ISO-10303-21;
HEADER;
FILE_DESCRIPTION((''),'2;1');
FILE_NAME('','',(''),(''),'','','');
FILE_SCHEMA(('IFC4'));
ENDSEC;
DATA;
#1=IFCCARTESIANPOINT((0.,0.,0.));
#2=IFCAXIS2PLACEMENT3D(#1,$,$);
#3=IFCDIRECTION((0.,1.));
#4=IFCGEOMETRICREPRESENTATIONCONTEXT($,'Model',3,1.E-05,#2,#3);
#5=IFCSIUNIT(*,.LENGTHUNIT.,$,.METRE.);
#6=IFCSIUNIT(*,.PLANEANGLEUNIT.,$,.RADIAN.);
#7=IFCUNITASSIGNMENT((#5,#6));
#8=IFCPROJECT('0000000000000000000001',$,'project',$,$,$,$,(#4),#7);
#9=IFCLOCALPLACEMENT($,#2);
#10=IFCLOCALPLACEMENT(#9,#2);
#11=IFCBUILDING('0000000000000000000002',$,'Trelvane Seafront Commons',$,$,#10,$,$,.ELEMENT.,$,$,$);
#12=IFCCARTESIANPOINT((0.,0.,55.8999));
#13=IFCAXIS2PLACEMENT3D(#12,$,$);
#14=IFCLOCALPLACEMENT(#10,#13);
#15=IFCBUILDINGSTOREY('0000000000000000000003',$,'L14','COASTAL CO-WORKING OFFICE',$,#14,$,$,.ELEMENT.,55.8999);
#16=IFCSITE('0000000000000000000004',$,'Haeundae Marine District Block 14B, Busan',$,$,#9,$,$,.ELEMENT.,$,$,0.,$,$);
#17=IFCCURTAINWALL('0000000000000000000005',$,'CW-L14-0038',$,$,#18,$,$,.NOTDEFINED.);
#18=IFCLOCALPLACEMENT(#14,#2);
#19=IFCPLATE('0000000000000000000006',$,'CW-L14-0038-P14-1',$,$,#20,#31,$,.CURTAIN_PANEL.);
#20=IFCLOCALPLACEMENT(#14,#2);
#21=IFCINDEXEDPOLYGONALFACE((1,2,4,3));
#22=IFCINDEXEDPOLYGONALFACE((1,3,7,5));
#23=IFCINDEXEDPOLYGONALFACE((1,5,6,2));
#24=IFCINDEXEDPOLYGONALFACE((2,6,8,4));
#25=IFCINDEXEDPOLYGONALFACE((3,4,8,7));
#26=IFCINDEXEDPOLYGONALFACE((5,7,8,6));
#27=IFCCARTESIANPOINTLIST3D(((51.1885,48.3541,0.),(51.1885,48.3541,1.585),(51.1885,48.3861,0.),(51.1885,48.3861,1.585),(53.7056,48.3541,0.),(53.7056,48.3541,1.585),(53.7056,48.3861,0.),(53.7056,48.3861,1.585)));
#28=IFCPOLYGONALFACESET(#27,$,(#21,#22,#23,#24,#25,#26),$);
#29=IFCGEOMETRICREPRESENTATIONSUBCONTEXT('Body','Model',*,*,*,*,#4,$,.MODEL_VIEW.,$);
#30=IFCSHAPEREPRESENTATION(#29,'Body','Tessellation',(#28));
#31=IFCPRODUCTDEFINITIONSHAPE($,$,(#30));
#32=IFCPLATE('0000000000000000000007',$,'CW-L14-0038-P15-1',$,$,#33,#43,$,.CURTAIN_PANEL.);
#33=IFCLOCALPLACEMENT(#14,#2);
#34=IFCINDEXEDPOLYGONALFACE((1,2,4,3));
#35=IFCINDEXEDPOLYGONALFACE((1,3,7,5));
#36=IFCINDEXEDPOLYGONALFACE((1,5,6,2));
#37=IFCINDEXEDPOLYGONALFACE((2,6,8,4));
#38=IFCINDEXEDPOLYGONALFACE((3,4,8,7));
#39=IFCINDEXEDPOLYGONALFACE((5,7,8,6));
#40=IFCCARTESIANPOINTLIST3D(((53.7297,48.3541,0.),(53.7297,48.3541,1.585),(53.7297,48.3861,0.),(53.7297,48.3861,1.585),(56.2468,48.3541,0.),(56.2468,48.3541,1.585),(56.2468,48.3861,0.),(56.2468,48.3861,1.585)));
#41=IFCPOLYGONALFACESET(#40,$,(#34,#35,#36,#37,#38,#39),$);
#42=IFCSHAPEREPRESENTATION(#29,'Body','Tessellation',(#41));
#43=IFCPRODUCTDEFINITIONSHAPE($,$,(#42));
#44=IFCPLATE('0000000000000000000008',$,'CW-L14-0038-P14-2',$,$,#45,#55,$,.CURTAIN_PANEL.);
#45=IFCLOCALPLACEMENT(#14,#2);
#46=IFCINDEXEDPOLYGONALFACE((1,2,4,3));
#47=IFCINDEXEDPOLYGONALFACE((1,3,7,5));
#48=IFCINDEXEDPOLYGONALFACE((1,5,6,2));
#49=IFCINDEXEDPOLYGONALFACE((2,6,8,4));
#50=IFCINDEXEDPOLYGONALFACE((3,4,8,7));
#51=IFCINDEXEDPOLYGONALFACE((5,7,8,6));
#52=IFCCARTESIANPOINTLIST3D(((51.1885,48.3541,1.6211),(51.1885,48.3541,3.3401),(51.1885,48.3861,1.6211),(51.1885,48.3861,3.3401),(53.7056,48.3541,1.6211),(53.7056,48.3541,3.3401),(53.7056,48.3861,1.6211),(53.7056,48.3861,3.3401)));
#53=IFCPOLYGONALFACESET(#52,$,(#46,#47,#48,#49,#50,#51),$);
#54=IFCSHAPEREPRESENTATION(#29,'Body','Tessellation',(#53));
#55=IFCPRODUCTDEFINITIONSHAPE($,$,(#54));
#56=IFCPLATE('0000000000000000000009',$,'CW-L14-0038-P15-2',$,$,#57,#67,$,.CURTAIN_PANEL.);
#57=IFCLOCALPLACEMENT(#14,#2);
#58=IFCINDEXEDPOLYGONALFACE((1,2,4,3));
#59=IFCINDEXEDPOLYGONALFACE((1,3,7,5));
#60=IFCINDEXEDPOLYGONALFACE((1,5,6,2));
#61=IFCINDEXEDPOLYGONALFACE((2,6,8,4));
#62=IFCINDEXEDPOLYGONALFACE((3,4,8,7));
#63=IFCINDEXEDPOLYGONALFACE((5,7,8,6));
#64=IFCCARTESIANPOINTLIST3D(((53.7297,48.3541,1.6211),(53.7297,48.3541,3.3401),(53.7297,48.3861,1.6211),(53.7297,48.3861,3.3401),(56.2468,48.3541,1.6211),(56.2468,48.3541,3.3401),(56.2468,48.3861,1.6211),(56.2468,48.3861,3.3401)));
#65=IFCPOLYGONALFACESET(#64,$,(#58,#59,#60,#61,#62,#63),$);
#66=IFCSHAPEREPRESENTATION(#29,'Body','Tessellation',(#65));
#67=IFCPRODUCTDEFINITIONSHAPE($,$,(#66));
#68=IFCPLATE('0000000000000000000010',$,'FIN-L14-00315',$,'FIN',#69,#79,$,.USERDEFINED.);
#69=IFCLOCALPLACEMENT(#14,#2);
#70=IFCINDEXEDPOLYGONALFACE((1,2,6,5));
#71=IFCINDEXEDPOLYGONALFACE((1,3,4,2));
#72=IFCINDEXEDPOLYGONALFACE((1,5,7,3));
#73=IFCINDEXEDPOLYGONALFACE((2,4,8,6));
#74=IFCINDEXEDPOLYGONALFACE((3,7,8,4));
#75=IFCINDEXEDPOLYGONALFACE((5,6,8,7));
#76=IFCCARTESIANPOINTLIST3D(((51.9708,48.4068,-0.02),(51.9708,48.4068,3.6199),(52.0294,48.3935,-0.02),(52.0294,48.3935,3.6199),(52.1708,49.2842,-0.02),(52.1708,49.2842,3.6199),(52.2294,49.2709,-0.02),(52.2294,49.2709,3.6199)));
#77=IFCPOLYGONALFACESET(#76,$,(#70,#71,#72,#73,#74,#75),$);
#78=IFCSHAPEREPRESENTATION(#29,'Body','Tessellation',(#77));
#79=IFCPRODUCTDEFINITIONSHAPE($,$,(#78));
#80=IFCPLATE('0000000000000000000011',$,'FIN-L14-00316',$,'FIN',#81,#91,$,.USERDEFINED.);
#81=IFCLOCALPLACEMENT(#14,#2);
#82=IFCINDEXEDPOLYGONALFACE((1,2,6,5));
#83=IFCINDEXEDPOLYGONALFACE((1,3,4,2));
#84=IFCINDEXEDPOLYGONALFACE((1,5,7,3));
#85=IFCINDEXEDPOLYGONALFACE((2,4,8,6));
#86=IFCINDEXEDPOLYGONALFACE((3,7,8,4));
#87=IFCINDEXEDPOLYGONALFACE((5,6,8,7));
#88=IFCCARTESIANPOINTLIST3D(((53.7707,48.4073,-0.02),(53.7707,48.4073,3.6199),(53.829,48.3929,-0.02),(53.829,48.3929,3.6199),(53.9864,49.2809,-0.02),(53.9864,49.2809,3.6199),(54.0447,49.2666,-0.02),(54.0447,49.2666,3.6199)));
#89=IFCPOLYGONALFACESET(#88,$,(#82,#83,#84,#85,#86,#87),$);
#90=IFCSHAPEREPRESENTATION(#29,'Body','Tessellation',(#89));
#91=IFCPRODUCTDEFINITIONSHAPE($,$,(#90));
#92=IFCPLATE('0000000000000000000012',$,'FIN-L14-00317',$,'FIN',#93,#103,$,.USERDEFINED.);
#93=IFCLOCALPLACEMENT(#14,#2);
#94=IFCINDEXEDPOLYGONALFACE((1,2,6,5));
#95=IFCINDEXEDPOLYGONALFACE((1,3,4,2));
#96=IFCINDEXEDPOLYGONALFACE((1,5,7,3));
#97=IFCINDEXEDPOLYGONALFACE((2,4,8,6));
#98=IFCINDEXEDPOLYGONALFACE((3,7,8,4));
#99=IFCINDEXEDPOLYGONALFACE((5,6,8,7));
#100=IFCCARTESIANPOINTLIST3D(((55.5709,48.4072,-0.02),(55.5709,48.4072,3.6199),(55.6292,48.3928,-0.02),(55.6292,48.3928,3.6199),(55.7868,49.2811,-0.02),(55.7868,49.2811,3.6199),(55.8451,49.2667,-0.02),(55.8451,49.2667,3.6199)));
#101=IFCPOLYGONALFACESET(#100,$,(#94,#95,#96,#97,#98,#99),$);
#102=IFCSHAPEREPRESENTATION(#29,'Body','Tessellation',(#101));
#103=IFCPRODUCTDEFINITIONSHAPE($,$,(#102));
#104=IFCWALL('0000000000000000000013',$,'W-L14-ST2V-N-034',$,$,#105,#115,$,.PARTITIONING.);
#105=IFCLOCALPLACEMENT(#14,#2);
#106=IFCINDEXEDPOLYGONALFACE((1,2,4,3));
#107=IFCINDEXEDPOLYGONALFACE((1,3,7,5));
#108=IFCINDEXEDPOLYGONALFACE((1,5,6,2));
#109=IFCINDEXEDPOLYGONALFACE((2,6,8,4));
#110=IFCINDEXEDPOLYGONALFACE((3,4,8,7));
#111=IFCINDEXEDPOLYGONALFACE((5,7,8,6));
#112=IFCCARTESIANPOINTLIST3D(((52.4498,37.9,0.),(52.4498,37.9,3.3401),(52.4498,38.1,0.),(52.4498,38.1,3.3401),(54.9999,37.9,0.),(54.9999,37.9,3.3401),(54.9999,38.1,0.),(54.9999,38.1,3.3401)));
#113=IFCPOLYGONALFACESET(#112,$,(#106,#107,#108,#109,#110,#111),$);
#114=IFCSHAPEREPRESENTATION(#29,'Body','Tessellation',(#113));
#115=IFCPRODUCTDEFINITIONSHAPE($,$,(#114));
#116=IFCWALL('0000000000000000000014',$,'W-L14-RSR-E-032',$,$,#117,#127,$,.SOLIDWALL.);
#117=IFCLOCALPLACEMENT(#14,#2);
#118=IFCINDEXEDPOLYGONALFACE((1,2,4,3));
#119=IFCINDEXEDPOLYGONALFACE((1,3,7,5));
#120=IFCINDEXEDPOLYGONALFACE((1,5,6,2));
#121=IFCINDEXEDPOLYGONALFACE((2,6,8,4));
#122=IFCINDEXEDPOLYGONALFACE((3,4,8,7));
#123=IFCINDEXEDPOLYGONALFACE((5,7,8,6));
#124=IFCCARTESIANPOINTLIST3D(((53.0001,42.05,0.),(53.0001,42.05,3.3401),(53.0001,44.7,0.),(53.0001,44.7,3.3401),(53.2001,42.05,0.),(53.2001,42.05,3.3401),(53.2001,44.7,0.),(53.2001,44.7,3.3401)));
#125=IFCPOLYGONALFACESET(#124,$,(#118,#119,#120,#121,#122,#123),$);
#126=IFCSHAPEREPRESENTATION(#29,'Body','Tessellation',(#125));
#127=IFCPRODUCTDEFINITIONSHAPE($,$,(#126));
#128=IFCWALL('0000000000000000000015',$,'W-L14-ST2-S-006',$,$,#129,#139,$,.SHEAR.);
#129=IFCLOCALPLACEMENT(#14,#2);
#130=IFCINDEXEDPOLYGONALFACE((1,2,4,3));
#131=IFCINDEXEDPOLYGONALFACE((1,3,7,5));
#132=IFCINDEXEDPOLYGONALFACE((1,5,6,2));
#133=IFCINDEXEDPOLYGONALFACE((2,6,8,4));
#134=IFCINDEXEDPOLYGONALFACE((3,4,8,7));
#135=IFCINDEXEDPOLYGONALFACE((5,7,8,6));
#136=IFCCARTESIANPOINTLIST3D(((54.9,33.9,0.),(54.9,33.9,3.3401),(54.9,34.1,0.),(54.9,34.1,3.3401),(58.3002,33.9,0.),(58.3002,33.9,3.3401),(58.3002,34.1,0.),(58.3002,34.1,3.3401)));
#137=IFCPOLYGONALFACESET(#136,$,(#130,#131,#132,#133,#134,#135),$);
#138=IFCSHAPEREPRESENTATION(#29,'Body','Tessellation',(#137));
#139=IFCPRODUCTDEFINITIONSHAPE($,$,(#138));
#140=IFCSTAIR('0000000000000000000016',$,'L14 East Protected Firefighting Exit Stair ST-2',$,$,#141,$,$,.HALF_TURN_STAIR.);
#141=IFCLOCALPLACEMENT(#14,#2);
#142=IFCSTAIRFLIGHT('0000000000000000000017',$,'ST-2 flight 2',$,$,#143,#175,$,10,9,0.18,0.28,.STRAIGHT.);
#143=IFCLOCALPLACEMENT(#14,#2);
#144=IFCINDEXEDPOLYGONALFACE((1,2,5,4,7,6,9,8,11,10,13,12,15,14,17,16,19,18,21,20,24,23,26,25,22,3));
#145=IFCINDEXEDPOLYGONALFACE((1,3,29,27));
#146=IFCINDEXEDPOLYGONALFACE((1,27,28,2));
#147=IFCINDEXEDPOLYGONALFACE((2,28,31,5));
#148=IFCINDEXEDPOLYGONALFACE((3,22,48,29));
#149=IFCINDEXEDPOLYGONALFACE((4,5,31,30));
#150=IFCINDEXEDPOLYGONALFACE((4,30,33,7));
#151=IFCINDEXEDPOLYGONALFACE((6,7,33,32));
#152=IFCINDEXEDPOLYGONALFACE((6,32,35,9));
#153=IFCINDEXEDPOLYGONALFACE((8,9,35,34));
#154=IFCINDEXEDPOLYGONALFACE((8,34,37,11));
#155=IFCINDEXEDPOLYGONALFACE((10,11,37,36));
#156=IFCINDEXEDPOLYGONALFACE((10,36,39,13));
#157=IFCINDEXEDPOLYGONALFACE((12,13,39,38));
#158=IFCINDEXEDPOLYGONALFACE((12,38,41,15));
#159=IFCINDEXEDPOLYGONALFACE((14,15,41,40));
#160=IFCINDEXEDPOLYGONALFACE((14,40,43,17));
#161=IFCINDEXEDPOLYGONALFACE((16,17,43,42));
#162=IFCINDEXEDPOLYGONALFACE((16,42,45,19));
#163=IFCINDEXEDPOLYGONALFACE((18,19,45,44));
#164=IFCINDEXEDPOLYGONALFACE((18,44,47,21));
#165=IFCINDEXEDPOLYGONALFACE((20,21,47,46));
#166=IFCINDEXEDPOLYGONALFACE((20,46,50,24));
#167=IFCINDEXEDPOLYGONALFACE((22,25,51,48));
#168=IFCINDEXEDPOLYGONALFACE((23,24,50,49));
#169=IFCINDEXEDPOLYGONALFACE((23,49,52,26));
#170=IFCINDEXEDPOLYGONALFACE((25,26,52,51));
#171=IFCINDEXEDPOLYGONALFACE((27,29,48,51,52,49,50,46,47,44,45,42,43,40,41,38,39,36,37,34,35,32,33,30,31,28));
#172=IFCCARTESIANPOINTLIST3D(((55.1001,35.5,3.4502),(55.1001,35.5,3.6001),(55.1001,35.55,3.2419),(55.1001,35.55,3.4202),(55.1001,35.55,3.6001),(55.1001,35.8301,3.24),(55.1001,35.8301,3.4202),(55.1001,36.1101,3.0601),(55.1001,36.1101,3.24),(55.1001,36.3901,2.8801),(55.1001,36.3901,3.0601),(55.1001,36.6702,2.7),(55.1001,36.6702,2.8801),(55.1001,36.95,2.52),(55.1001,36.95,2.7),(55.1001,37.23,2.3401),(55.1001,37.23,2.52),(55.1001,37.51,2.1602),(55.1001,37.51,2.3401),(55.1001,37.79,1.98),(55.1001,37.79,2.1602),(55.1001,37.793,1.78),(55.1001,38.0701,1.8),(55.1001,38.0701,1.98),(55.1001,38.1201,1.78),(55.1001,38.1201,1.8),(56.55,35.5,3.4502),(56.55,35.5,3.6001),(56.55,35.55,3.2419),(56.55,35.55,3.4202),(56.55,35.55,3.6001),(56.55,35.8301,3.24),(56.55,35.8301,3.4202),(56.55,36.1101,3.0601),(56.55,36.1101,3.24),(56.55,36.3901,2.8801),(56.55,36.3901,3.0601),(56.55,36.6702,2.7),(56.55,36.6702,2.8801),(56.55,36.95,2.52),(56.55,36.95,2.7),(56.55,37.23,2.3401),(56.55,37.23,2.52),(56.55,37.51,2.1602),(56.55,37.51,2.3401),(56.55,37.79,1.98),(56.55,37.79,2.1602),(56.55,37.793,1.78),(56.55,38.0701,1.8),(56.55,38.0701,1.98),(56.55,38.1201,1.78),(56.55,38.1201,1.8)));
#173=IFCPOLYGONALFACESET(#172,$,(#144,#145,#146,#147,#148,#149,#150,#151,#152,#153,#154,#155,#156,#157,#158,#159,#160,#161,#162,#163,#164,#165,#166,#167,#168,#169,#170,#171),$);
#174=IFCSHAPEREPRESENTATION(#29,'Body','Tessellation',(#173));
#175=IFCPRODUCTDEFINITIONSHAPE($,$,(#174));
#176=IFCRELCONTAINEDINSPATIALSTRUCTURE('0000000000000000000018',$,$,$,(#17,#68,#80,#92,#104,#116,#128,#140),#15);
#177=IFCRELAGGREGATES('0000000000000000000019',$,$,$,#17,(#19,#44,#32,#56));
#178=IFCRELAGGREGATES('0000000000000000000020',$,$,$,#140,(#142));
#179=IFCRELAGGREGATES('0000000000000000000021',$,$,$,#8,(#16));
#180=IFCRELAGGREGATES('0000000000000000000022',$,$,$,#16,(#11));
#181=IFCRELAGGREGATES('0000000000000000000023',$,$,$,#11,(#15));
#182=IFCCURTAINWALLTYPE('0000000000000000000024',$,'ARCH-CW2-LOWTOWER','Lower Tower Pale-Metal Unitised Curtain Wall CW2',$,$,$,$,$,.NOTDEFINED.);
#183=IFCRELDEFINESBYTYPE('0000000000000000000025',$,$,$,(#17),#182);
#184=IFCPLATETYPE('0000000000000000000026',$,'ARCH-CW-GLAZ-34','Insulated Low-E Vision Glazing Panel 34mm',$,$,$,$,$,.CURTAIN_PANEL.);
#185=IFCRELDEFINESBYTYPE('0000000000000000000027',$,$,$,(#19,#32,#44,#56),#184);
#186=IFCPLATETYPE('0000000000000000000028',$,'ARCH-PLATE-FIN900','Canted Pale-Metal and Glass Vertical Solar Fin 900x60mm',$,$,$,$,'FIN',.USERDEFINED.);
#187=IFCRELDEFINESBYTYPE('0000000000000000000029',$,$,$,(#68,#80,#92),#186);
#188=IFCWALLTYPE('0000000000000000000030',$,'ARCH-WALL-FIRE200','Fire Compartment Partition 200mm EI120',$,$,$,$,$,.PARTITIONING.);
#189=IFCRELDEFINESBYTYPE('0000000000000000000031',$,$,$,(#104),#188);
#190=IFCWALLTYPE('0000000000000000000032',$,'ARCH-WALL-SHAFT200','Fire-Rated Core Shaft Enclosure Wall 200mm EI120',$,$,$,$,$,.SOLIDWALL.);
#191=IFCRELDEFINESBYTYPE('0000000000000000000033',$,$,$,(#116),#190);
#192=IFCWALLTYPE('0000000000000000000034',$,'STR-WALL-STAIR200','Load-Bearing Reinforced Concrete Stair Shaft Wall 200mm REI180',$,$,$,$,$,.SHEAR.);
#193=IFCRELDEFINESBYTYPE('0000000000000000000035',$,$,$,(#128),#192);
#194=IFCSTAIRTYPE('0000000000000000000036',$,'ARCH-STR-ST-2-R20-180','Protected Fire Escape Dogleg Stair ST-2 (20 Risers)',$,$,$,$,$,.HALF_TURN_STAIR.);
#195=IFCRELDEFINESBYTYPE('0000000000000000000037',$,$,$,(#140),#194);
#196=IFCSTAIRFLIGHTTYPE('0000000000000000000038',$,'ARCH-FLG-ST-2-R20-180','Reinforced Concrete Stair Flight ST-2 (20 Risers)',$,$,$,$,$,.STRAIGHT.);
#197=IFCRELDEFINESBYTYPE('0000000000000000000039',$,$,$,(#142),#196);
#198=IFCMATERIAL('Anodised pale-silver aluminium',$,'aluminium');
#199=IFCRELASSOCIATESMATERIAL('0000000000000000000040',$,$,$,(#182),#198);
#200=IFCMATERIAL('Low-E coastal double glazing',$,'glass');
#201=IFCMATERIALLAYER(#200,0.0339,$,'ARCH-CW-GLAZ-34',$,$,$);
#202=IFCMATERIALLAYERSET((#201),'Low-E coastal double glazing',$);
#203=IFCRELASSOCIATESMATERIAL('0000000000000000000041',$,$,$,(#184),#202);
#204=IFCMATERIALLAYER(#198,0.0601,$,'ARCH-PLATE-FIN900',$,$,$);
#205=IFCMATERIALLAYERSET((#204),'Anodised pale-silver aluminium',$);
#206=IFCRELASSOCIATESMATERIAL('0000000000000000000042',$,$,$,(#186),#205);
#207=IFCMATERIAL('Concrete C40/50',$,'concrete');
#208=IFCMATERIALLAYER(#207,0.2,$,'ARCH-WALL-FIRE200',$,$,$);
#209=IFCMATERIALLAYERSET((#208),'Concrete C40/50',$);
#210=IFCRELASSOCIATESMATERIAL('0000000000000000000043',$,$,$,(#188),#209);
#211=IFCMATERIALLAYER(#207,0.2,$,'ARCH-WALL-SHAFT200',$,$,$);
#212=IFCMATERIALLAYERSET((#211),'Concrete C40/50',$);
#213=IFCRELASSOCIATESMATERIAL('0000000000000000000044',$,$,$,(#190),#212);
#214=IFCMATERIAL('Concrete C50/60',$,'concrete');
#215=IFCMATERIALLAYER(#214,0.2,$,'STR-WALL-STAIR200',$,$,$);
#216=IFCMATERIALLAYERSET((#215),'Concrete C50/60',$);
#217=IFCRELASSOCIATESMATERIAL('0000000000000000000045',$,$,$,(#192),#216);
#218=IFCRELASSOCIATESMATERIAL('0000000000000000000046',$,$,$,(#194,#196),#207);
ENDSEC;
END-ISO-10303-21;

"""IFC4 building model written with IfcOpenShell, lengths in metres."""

from ifc_helpers import new_model, si_unit, direction, frame, frame_2d, origin, origin_2d, place, context, subcontext, project, spatial, polyline, rectangle, outline, extrude, source, transform, mapped, material, layer, layer_set, type_object, element, aggregate, save


model = new_model("IFC4")

# Units and contexts
model_context = context("Model", 3, precision=1e-05, world=origin(), true_north=direction((0.0, 1.0)))
body_context = subcontext(model_context, "Body", "Model", "MODEL_VIEW")
ifc_project = project(units=[si_unit("LENGTHUNIT", "METRE"), si_unit("PLANEANGLEUNIT", "RADIAN")], contexts=[model_context])

# Site, building, storey
site_placement = place(None, origin())
site = spatial("IfcSite", under=ifc_project, at=site_placement, Name="Haeundae Marine District Block 14B, Busan", CompositionType="ELEMENT", RefElevation=0.0)
building_placement = place(site_placement, origin())
building = spatial("IfcBuilding", under=site, at=building_placement, Name="Trelvane Seafront Commons", CompositionType="ELEMENT")
storey_placement = place(building_placement, frame((0.0, 0.0, 55.8999)))
storey = spatial("IfcBuildingStorey", under=building, at=storey_placement, Name="L14", Description="COASTAL CO-WORKING OFFICE", CompositionType="ELEMENT", Elevation=55.8999)

# Curtain wall, plates
ifc_material_1 = material(Name="Anodised pale-silver aluminium", Category="aluminium")
curtain_wall_type = type_object("IfcCurtainWallType", Name="ARCH-CW2-LOWTOWER", Description="Lower Tower Pale-Metal Unitised Curtain Wall CW2", PredefinedType="NOTDEFINED", material=ifc_material_1)
curtain_wall_placement = place(storey_placement, origin())
curtain_wall = element("IfcCurtainWall", 1, at=curtain_wall_placement, inside=storey, type_object=curtain_wall_type, Name="CW-L14-0038", PredefinedType="NOTDEFINED")
ifc_material_2 = material(Name="Low-E coastal double glazing", Category="glass")
ifc_layer_1 = layer(ifc_material_2, 0.0339, Name="ARCH-CW-GLAZ-34")
ifc_layer_set_1 = layer_set([ifc_layer_1], Name="Low-E coastal double glazing")
plate_type_1 = type_object("IfcPlateType", Name="ARCH-CW-GLAZ-34", Description="Insulated Low-E Vision Glazing Panel 34mm", PredefinedType="CURTAIN_PANEL", material=ifc_layer_set_1)
shared_shape_1 = source(origin(), body_context, "Body", "SweptSolid", [
    extrude(rectangle(XDim=2.5171, YDim=0.032, at=origin_2d()), origin(), (0.0, 0.0, 1.0), 1.585),
])
plate_1_placement = place(storey_placement, frame((52.447, 48.3701, 0.0), z_axis=(0.0, 0.0, 1.0), x_axis=(1.0, 0.0, 0.0)))
plate_1 = element("IfcPlate", 2, at=plate_1_placement, type_object=plate_type_1, Name="CW-L14-0038-P14-1", PredefinedType="CURTAIN_PANEL", context=body_context, shape_type="MappedRepresentation", body=[
    mapped(shared_shape_1, transform((0.0, 0.0, 0.0), x_axis=(1.0, 0.0, 0.0), y_axis=(0.0, 1.0, 0.0), z_axis=(0.0, 0.0, 1.0), scale=1.0)),
])
plate_2_placement = place(storey_placement, frame((54.9883, 48.3701, 0.0), z_axis=(0.0, 0.0, 1.0), x_axis=(1.0, 0.0, 0.0)))
plate_2 = element("IfcPlate", 3, at=plate_2_placement, type_object=plate_type_1, Name="CW-L14-0038-P15-1", PredefinedType="CURTAIN_PANEL", context=body_context, shape_type="MappedRepresentation", body=[
    mapped(shared_shape_1, transform((0.0, 0.0, 0.0), x_axis=(1.0, 0.0, 0.0), y_axis=(0.0, 1.0, 0.0), z_axis=(0.0, 0.0, 1.0), scale=1.0)),
])
shared_shape_2 = source(origin(), body_context, "Body", "SweptSolid", [
    extrude(rectangle(XDim=2.5171, YDim=0.032, at=origin_2d()), origin(), (0.0, 0.0, 1.0), 1.719),
])
plate_3_placement = place(storey_placement, frame((52.447, 48.3701, 1.6211), z_axis=(0.0, 0.0, 1.0), x_axis=(1.0, 0.0, 0.0)))
plate_3 = element("IfcPlate", 4, at=plate_3_placement, type_object=plate_type_1, Name="CW-L14-0038-P14-2", PredefinedType="CURTAIN_PANEL", context=body_context, shape_type="MappedRepresentation", body=[
    mapped(shared_shape_2, transform((0.0, 0.0, 0.0), x_axis=(1.0, 0.0, 0.0), y_axis=(0.0, 1.0, 0.0), z_axis=(0.0, 0.0, 1.0), scale=1.0)),
])
plate_4_placement = place(storey_placement, frame((54.9883, 48.3701, 1.6211), z_axis=(0.0, 0.0, 1.0), x_axis=(1.0, 0.0, 0.0)))
plate_4 = element("IfcPlate", 5, at=plate_4_placement, type_object=plate_type_1, Name="CW-L14-0038-P15-2", PredefinedType="CURTAIN_PANEL", context=body_context, shape_type="MappedRepresentation", body=[
    mapped(shared_shape_2, transform((0.0, 0.0, 0.0), x_axis=(1.0, 0.0, 0.0), y_axis=(0.0, 1.0, 0.0), z_axis=(0.0, 0.0, 1.0), scale=1.0)),
])
aggregate(curtain_wall, [plate_1, plate_3, plate_2, plate_4])

# Plates
ifc_layer_2 = layer(ifc_material_1, 0.0601, Name="ARCH-PLATE-FIN900")
ifc_layer_set_2 = layer_set([ifc_layer_2], Name="Anodised pale-silver aluminium")
plate_type_2 = type_object("IfcPlateType", Name="ARCH-PLATE-FIN900", Description="Canted Pale-Metal and Glass Vertical Solar Fin 900x60mm", ElementType="FIN", PredefinedType="USERDEFINED", material=ifc_layer_set_2)
shared_shape_3 = source(origin(), body_context, "Body", "SweptSolid", [
    extrude(rectangle(XDim=0.8999, YDim=0.0601, at=origin_2d()), origin(), (0.0, 0.0, 1.0), 3.6399),
])
for number, where, z_axis, x_axis, name in (
    (6, (52.1001, 48.8389, -0.02), (0.0, 0.0, 1.0), (0.222221, 0.974996, 0.0), "FIN-L14-00315"),
    (7, (53.9077, 48.8369, -0.02), (0.0, 0.0, 1.0), (0.239659, 0.970857, 0.0), "FIN-L14-00316"),
):
    element("IfcPlate", number, at=place(storey_placement, frame(where, z_axis=z_axis, x_axis=x_axis)), inside=storey, type_object=plate_type_2, Name=name, ObjectType="FIN", PredefinedType="USERDEFINED", context=body_context, shape_type="MappedRepresentation", body=[
        mapped(shared_shape_3, transform((0.0, 0.0, 0.0), x_axis=(1.0, 0.0, 0.0), y_axis=(0.0, 1.0, 0.0), z_axis=(0.0, 0.0, 1.0), scale=1.0)),
    ])
shared_shape_4 = source(origin(), body_context, "Body", "SweptSolid", [
    extrude(rectangle(XDim=0.9001, YDim=0.0601, at=origin_2d()), origin(), (0.0, 0.0, 1.0), 3.6399),
])
plate_5_placement = place(storey_placement, frame((55.708, 48.8369, -0.02), z_axis=(0.0, 0.0, 1.0), x_axis=(0.239764, 0.970831, 0.0)))
element("IfcPlate", 8, at=plate_5_placement, inside=storey, type_object=plate_type_2, Name="FIN-L14-00317", ObjectType="FIN", PredefinedType="USERDEFINED", context=body_context, shape_type="MappedRepresentation", body=[
    mapped(shared_shape_4, transform((0.0, 0.0, 0.0), x_axis=(1.0, 0.0, 0.0), y_axis=(0.0, 1.0, 0.0), z_axis=(0.0, 0.0, 1.0), scale=1.0)),
])

# Walls
ifc_material_3 = material(Name="Concrete C40/50", Category="concrete")
ifc_layer_3 = layer(ifc_material_3, 0.2, Name="ARCH-WALL-FIRE200")
ifc_layer_set_3 = layer_set([ifc_layer_3], Name="Concrete C40/50")
wall_type_1 = type_object("IfcWallType", Name="ARCH-WALL-FIRE200", Description="Fire Compartment Partition 200mm EI120", PredefinedType="PARTITIONING", material=ifc_layer_set_3)
wall_1_placement = place(storey_placement, frame((52.45, 38.0, 0.0), z_axis=(0.0, 0.0, 1.0), x_axis=(1.0, 0.0, 0.0)))
element("IfcWall", 9, at=wall_1_placement, inside=storey, type_object=wall_type_1, Name="W-L14-ST2V-N-034", PredefinedType="PARTITIONING", context=body_context, shape_type="SweptSolid", body=[
    extrude(rectangle(XDim=2.55, YDim=0.2, at=frame_2d((1.2749, 0.0))), origin(), (0.0, 0.0, 1.0), 3.3401),
])
ifc_layer_4 = layer(ifc_material_3, 0.2, Name="ARCH-WALL-SHAFT200")
ifc_layer_set_4 = layer_set([ifc_layer_4], Name="Concrete C40/50")
wall_type_2 = type_object("IfcWallType", Name="ARCH-WALL-SHAFT200", Description="Fire-Rated Core Shaft Enclosure Wall 200mm EI120", PredefinedType="SOLIDWALL", material=ifc_layer_set_4)
wall_2_placement = place(storey_placement, frame((53.1001, 42.05, 0.0), z_axis=(0.0, 0.0, 1.0), x_axis=(0.0, 1.0, 0.0)))
element("IfcWall", 10, at=wall_2_placement, inside=storey, type_object=wall_type_2, Name="W-L14-RSR-E-032", PredefinedType="SOLIDWALL", context=body_context, shape_type="SweptSolid", body=[
    extrude(rectangle(XDim=2.6499, YDim=0.2, at=frame_2d((1.325, 0.0))), origin(), (0.0, 0.0, 1.0), 3.3401),
])
ifc_material_4 = material(Name="Concrete C50/60", Category="concrete")
ifc_layer_5 = layer(ifc_material_4, 0.2, Name="STR-WALL-STAIR200")
ifc_layer_set_5 = layer_set([ifc_layer_5], Name="Concrete C50/60")
wall_type_3 = type_object("IfcWallType", Name="STR-WALL-STAIR200", Description="Load-Bearing Reinforced Concrete Stair Shaft Wall 200mm REI180", PredefinedType="SHEAR", material=ifc_layer_set_5)
wall_3_placement = place(storey_placement, frame((54.8999, 34.0, 0.0), z_axis=(0.0, 0.0, 1.0), x_axis=(1.0, 0.0, 0.0)))
element("IfcWall", 11, at=wall_3_placement, inside=storey, type_object=wall_type_3, Name="W-L14-ST2-S-006", PredefinedType="SHEAR", context=body_context, shape_type="SweptSolid", body=[
    extrude(rectangle(XDim=3.4001, YDim=0.2, at=frame_2d((1.7002, 0.0))), origin(), (0.0, 0.0, 1.0), 3.3401),
])

# Stair, stair flight
stair_type = type_object("IfcStairType", Name="ARCH-STR-ST-2-R20-180", Description="Protected Fire Escape Dogleg Stair ST-2 (20 Risers)", PredefinedType="HALF_TURN_STAIR", material=ifc_material_3)
stair_placement = place(storey_placement, origin())
stair = element("IfcStair", 12, at=stair_placement, inside=storey, type_object=stair_type, Name="L14 East Protected Firefighting Exit Stair ST-2", PredefinedType="HALF_TURN_STAIR")
stair_flight_type = type_object("IfcStairFlightType", Name="ARCH-FLG-ST-2-R20-180", Description="Reinforced Concrete Stair Flight ST-2 (20 Risers)", PredefinedType="STRAIGHT", material=ifc_material_3)
shared_shape_5 = source(origin(), body_context, "Body", "SweptSolid", [
    extrude(outline(polyline([(-0.05, -0.02), (-0.05, 0.0), (0.0, 0.0), (0.0, 0.1799), (0.28, 0.1799), (0.28, 0.3601), (0.5601, 0.3601), (0.5601, 0.54), (0.8401, 0.54), (0.8401, 0.72), (1.1201, 0.72), (1.1201, 0.8999), (1.3999, 0.8999), (1.3999, 1.0801), (1.6799, 1.0801), (1.6799, 1.26), (1.96, 1.26), (1.96, 1.4399), (2.24, 1.4399), (2.24, 1.6201), (2.52, 1.6201), (2.52, 1.8), (2.5701, 1.8), (2.5701, 1.6501), (2.52, 1.4419), (0.2771, -0.02), (-0.05, -0.02)])), frame((0.0, 0.7251, 0.0), z_axis=(0.0, -1.0, 0.0), x_axis=(1.0, 0.0, 0.0)), (0.0, 0.0, 1.0), 1.45),
])
stair_flight_placement = place(storey_placement, frame((55.825, 38.0701, 1.8), z_axis=(0.0, 0.0, 1.0), x_axis=(0.0, -1.0, 0.0)))
stair_flight = element("IfcStairFlight", 13, at=stair_flight_placement, type_object=stair_flight_type, Name="ST-2 flight 2", NumberOfRisers=10, NumberOfTreads=9, PredefinedType="STRAIGHT", RiserHeight=0.18, TreadLength=0.28, context=body_context, shape_type="MappedRepresentation", body=[
    mapped(shared_shape_5, transform((0.0, 0.0, 0.0), x_axis=(1.0, 0.0, 0.0), y_axis=(0.0, 1.0, 0.0), z_axis=(0.0, 0.0, 1.0), scale=1.0)),
])
aggregate(stair, [stair_flight])

save(model, "model.ifc")
